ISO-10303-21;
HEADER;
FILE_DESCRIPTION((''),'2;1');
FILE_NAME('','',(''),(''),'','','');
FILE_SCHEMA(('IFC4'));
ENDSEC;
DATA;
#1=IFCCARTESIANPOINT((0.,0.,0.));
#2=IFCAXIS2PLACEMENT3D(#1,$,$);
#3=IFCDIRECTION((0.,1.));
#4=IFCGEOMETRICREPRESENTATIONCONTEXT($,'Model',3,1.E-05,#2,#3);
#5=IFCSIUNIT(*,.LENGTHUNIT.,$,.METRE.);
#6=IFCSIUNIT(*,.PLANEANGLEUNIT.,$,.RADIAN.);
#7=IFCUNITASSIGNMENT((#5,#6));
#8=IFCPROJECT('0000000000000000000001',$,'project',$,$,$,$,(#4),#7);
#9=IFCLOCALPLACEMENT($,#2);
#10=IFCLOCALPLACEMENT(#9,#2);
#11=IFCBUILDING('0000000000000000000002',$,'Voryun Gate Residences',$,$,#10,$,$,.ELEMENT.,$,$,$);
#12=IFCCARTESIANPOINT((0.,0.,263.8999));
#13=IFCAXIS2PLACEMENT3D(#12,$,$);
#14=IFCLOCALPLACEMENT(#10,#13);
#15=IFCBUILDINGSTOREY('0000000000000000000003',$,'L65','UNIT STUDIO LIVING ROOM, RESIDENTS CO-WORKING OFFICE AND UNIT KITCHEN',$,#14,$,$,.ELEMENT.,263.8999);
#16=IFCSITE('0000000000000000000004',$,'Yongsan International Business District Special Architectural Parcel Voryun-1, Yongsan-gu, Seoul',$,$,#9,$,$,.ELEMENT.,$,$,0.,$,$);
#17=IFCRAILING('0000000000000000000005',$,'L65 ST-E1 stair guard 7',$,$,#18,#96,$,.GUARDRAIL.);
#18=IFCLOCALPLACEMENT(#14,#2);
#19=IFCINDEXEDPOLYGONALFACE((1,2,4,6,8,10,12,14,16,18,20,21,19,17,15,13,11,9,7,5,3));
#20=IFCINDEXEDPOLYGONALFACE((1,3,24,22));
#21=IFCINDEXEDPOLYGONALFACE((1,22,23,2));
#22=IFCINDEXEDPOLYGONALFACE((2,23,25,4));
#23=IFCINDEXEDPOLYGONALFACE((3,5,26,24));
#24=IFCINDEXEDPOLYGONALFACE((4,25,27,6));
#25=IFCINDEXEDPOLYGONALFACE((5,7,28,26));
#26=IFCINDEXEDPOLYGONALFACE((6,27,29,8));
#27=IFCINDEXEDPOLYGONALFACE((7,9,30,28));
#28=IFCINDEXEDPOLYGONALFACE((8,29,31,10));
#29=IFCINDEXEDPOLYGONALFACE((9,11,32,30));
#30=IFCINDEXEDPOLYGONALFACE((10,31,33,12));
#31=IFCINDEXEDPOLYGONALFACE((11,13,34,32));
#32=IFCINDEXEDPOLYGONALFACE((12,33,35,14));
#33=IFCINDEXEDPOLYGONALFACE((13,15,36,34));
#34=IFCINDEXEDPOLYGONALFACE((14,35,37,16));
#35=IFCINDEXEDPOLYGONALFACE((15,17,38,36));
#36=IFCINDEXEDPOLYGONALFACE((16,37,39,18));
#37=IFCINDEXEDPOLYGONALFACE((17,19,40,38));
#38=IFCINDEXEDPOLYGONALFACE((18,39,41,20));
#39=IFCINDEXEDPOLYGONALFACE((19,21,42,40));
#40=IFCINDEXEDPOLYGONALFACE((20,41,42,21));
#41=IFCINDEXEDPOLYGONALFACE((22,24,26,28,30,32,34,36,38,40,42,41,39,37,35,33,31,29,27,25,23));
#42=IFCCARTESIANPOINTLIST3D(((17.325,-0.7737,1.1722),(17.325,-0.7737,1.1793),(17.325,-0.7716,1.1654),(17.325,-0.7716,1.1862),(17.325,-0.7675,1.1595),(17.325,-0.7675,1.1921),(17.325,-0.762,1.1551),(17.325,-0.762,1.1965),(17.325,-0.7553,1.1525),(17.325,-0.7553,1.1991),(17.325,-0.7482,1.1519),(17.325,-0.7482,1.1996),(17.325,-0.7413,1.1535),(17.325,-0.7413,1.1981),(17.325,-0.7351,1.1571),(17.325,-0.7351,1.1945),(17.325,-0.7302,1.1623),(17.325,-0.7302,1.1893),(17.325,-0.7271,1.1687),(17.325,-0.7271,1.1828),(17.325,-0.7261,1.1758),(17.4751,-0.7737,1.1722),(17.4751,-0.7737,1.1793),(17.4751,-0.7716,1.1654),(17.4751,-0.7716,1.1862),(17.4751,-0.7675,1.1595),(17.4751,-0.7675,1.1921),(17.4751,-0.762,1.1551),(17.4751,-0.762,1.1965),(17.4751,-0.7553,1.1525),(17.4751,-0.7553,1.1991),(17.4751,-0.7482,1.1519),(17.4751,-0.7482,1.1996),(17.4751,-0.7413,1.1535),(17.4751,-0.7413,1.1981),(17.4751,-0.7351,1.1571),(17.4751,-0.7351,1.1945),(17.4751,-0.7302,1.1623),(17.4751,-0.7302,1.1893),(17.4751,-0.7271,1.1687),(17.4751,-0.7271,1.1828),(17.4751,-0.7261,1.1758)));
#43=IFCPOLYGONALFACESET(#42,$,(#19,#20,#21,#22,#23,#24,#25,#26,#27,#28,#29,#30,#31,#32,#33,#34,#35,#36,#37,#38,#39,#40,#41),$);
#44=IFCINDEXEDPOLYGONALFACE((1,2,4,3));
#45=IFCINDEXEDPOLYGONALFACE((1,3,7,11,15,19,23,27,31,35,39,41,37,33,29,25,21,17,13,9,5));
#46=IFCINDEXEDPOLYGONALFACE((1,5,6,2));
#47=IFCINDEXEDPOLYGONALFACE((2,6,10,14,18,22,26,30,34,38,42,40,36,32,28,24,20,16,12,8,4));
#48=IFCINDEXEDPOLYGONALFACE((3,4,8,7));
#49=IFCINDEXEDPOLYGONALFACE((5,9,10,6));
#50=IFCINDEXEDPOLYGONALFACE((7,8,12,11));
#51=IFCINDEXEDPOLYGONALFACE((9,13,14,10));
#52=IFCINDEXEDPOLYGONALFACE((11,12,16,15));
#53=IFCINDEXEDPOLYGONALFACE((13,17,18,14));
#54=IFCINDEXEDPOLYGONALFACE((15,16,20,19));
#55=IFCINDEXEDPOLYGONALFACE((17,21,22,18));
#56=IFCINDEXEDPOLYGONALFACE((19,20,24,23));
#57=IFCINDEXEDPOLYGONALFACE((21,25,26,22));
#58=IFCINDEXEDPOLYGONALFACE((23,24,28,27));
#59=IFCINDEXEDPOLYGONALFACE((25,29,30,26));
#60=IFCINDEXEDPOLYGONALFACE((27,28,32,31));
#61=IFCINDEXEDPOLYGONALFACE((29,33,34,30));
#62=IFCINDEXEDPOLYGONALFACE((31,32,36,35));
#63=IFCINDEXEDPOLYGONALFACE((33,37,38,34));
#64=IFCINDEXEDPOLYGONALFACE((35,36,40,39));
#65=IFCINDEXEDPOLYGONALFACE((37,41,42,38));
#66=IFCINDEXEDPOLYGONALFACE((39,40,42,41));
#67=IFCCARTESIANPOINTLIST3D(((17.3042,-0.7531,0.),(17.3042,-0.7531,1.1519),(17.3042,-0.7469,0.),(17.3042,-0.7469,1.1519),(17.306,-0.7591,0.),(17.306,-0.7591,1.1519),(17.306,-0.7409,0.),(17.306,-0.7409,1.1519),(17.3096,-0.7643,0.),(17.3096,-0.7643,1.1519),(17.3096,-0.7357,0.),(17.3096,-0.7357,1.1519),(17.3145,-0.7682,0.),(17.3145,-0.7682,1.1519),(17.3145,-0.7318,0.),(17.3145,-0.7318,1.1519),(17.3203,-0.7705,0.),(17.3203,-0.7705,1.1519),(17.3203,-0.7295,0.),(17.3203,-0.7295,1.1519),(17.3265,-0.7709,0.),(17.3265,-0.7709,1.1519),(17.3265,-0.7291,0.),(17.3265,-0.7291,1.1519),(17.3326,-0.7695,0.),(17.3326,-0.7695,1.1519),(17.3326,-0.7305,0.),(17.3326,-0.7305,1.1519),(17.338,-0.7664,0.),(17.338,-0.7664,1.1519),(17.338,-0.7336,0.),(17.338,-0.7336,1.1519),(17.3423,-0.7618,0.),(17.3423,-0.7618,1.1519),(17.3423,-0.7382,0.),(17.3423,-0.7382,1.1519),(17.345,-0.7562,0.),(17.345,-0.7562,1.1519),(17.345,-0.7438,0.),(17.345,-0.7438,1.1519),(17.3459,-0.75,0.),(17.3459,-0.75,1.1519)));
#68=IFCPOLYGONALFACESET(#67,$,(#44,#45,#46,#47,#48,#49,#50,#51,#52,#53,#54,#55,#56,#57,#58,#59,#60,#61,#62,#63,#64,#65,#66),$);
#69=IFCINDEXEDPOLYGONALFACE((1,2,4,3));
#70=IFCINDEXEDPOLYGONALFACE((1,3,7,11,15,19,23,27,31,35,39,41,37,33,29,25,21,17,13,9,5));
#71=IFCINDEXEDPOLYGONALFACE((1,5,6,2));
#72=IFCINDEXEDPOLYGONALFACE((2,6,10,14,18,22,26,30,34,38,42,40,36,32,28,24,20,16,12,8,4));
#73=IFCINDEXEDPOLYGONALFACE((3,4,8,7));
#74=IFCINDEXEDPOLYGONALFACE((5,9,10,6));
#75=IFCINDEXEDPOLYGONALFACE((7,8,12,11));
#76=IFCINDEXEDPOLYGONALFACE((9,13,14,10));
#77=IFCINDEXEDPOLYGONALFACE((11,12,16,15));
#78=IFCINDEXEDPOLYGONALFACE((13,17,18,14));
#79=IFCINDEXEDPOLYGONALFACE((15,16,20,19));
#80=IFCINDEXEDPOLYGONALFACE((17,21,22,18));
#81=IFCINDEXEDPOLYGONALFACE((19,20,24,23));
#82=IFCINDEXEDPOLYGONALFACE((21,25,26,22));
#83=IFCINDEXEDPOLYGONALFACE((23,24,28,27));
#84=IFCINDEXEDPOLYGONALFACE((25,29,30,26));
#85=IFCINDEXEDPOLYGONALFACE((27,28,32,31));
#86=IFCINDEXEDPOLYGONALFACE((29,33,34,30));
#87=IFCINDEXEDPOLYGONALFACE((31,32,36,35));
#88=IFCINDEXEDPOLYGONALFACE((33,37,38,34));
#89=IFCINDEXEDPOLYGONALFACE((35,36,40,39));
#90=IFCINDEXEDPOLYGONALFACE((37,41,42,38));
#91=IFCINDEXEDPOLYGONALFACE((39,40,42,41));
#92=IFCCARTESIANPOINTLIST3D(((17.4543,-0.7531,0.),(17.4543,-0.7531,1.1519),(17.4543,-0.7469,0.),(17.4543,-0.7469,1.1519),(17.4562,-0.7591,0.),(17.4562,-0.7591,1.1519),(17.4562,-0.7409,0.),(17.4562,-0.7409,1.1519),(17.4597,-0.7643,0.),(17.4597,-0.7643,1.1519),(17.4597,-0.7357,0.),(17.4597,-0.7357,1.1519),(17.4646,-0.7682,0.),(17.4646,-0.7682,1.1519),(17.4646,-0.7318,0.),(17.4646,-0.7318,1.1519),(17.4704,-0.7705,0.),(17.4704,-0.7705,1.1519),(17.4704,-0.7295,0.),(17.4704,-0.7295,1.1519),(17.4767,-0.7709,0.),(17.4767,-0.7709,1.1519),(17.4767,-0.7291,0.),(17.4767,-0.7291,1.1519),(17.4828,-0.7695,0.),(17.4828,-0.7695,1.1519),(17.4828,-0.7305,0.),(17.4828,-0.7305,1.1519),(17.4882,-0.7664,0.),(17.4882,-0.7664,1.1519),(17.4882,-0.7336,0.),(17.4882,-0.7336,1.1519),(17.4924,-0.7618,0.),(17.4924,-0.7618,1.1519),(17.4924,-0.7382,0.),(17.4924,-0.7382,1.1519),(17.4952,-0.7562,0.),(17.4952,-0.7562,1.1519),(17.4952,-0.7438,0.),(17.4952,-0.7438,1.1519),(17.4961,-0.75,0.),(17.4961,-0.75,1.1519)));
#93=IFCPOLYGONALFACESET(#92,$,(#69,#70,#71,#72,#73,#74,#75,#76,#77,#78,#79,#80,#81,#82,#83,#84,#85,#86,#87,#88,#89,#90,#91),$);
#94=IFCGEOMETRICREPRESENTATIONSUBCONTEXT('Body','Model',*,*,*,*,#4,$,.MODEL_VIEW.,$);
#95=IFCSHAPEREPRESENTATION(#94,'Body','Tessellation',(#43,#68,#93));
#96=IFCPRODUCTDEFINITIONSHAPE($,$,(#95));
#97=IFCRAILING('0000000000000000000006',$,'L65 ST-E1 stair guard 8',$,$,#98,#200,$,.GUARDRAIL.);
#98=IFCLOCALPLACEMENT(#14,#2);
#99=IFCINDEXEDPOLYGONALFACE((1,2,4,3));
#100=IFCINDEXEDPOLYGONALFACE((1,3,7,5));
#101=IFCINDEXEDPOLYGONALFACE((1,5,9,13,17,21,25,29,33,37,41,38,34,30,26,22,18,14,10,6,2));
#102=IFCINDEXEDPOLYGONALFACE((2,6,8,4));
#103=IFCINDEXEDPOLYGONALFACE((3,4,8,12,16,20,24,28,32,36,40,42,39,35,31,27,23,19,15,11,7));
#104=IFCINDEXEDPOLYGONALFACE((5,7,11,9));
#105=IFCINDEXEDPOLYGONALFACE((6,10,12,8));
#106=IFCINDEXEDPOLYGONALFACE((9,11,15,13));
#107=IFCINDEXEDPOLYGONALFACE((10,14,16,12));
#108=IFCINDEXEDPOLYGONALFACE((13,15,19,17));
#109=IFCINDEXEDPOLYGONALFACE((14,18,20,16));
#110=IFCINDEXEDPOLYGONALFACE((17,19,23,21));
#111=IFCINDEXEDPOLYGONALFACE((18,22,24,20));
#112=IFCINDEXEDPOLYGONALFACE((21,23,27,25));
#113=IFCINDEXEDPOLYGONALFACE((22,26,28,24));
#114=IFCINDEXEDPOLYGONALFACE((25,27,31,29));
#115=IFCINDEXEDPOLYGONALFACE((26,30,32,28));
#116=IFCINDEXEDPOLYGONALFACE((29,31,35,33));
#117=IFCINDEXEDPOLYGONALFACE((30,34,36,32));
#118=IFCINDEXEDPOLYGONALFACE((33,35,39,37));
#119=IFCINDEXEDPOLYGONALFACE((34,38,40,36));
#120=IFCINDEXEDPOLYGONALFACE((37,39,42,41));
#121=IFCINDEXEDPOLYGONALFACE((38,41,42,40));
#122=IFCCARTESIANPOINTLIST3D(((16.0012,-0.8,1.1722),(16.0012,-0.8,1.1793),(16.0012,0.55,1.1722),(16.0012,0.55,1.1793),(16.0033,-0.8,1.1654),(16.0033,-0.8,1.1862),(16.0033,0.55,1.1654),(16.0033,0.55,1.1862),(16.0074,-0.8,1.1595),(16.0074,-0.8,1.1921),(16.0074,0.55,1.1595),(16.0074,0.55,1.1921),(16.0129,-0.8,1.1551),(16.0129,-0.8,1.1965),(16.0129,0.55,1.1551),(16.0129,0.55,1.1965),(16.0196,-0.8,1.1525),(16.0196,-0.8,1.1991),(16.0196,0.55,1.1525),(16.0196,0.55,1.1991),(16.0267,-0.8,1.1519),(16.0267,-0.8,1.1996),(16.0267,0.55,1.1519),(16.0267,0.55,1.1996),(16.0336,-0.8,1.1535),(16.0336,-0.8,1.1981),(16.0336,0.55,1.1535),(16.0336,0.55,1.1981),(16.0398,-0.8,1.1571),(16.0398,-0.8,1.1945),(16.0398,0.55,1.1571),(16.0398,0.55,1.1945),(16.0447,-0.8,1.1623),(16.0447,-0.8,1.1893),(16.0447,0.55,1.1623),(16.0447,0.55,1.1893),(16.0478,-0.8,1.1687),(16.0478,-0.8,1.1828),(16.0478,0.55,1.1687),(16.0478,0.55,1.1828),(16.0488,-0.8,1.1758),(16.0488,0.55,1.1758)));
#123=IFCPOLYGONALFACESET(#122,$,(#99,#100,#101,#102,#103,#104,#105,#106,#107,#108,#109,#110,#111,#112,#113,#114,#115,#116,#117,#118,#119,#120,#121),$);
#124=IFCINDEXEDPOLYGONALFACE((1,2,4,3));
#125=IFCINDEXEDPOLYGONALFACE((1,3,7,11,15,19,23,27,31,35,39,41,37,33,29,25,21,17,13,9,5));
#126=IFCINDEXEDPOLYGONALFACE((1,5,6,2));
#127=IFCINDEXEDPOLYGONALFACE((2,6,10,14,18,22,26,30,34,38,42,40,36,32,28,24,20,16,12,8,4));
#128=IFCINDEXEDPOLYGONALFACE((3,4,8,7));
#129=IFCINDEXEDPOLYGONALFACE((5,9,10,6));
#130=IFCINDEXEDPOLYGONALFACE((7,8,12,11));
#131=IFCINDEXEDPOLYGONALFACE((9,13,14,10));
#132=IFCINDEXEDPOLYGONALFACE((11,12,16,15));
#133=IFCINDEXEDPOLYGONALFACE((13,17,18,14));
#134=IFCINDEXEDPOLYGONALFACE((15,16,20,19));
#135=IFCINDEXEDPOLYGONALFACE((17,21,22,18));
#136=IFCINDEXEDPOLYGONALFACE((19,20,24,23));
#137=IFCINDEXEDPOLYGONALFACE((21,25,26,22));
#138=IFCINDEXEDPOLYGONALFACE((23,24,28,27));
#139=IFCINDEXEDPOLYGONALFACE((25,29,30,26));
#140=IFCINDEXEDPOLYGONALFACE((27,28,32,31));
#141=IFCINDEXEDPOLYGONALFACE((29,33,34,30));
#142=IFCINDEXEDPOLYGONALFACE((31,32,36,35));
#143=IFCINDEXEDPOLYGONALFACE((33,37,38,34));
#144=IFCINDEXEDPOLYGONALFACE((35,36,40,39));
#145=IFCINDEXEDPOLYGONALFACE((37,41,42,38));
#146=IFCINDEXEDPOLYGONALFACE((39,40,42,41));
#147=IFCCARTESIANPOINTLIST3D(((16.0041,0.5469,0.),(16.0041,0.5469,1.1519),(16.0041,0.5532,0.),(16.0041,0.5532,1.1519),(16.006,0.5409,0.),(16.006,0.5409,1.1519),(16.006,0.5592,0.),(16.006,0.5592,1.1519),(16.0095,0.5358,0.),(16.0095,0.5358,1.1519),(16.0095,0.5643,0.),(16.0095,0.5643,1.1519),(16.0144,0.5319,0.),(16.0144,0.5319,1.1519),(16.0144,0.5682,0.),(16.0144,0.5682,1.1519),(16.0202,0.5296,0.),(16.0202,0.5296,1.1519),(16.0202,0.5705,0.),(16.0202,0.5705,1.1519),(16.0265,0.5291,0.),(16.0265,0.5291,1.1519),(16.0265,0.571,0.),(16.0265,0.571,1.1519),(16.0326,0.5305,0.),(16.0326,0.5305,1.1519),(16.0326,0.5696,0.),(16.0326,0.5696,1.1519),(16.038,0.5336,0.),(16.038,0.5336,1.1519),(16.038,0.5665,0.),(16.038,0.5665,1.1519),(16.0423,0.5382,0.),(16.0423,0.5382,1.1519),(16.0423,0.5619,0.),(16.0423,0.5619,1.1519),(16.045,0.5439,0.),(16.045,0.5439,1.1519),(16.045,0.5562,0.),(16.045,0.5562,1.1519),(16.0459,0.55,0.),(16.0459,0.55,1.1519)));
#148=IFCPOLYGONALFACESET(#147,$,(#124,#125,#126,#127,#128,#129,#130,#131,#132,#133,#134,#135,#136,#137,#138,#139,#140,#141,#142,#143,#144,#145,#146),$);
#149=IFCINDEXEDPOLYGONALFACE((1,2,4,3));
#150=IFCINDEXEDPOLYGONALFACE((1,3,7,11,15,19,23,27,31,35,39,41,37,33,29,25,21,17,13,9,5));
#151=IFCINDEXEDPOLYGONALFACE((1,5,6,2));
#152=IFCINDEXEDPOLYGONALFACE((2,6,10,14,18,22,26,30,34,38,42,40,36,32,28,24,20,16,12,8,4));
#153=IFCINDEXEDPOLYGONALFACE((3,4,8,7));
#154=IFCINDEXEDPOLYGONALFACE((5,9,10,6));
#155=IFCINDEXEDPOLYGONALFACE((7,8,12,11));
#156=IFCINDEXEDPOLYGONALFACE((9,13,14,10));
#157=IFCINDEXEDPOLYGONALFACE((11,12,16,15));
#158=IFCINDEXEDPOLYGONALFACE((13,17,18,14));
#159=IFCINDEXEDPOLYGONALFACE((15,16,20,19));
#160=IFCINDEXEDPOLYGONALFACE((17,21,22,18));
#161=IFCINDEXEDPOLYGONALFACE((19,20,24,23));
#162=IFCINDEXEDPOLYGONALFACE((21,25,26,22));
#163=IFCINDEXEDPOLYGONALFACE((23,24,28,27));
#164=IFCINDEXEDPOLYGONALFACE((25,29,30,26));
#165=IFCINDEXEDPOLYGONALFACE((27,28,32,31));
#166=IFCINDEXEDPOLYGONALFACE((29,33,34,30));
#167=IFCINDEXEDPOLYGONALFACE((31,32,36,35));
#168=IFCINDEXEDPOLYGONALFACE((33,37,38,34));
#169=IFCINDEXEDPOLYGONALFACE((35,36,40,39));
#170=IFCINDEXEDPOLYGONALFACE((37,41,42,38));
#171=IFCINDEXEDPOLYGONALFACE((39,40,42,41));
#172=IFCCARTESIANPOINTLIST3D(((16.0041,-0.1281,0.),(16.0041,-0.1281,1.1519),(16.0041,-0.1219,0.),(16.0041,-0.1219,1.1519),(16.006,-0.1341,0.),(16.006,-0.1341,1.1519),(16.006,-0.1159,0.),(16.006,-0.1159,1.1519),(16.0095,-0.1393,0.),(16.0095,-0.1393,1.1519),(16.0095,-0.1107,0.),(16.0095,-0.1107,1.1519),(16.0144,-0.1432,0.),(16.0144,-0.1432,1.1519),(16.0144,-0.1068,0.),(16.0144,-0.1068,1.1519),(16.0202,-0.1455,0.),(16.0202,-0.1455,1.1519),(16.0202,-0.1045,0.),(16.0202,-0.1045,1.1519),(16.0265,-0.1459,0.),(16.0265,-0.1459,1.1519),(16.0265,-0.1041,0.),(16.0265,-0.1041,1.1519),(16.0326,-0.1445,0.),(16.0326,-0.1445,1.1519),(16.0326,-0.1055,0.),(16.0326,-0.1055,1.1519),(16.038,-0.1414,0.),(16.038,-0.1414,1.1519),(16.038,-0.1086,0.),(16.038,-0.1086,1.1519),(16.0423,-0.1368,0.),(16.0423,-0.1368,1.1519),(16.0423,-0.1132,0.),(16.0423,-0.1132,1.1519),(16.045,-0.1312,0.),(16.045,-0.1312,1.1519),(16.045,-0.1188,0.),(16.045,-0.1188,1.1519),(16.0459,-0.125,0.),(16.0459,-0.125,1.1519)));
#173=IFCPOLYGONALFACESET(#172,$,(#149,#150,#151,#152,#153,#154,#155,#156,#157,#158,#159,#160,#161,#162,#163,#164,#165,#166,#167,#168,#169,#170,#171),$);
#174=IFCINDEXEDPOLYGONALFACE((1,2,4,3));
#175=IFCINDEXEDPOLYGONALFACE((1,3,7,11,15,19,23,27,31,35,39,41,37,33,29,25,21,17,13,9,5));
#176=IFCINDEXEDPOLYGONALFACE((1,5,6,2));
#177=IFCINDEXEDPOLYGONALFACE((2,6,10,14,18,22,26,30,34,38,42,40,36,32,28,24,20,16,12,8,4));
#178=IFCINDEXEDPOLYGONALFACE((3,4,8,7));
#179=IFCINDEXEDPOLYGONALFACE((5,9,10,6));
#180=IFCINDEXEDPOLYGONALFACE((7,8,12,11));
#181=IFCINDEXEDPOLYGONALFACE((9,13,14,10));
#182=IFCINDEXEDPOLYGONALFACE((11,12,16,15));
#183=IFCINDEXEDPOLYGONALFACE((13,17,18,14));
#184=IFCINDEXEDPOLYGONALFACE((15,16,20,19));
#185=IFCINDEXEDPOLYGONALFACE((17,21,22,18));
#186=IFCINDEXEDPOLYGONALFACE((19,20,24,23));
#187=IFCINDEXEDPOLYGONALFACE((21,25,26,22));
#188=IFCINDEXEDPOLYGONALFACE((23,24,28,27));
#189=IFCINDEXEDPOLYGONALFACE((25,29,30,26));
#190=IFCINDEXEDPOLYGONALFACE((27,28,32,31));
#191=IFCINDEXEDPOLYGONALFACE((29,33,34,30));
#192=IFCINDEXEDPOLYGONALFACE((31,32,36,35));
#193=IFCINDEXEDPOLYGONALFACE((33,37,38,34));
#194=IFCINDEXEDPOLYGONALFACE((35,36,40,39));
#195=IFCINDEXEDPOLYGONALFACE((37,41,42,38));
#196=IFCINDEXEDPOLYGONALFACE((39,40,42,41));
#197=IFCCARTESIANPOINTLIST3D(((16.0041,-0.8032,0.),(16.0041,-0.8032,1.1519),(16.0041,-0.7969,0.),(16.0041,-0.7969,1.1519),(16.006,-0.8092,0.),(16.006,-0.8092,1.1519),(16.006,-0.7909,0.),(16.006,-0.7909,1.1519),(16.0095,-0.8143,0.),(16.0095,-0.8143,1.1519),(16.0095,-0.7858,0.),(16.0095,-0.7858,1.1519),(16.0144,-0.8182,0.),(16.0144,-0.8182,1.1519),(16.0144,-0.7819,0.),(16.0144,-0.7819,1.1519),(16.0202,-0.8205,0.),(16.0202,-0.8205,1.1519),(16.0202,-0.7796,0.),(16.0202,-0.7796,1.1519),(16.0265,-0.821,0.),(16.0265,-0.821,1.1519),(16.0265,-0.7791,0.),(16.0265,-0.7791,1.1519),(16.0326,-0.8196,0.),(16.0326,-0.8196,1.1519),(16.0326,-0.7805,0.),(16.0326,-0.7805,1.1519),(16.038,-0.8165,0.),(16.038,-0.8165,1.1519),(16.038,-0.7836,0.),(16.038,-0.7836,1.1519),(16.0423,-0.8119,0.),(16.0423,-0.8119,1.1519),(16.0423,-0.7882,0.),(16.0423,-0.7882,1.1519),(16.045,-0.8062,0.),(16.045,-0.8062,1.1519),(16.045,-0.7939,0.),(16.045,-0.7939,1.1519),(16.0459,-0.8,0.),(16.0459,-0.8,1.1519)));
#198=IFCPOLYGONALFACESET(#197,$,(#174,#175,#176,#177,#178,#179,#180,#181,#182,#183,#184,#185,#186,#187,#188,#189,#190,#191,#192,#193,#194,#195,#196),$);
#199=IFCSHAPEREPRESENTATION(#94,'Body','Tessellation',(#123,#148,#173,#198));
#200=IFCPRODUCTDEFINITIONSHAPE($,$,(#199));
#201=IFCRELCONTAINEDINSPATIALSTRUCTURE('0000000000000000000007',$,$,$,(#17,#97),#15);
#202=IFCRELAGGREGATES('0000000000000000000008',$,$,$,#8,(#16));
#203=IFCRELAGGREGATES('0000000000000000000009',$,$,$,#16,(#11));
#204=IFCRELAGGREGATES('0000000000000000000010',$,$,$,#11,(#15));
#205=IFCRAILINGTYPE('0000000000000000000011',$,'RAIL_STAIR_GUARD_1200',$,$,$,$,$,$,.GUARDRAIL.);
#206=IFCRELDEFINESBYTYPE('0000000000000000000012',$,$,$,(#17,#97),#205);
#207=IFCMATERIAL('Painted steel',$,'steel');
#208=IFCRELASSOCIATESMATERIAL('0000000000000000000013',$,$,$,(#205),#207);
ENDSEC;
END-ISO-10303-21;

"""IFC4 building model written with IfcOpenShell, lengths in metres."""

from ifc_helpers import new_model, si_unit, direction, frame, origin, origin_2d, place, context, subcontext, project, spatial, circle, extrude, material, type_object, element, save


model = new_model("IFC4")

# Units and contexts
model_context = context("Model", 3, precision=1e-05, world=origin(), true_north=direction((0.0, 1.0)))
body_context = subcontext(model_context, "Body", "Model", "MODEL_VIEW")
ifc_project = project(units=[si_unit("LENGTHUNIT", "METRE"), si_unit("PLANEANGLEUNIT", "RADIAN")], contexts=[model_context])

# Site, building, storey
site_placement = place(None, origin())
site = spatial("IfcSite", under=ifc_project, at=site_placement, Name="Yongsan International Business District Special Architectural Parcel Voryun-1, Yongsan-gu, Seoul", CompositionType="ELEMENT", RefElevation=0.0)
building_placement = place(site_placement, origin())
building = spatial("IfcBuilding", under=site, at=building_placement, Name="Voryun Gate Residences", CompositionType="ELEMENT")
storey_placement = place(building_placement, frame((0.0, 0.0, 263.8999)))
storey = spatial("IfcBuildingStorey", under=building, at=storey_placement, Name="L65", Description="UNIT STUDIO LIVING ROOM, RESIDENTS CO-WORKING OFFICE AND UNIT KITCHEN", CompositionType="ELEMENT", Elevation=263.8999)

# Railings
ifc_material_1 = material(Name="Painted steel", Category="steel")
railing_type_1 = type_object("IfcRailingType", Name="RAIL_STAIR_GUARD_1200", PredefinedType="GUARDRAIL", material=ifc_material_1)
railing_1_placement = place(storey_placement, frame((17.325, -0.75, 0.0)))
element("IfcRailing", 1, at=railing_1_placement, inside=storey, type_object=railing_type_1, Name="L65 ST-E1 stair guard 7", PredefinedType="GUARDRAIL", context=body_context, shape_type="SweptSolid", body=[
    extrude(circle(Radius=0.0239, at=origin_2d()), frame((0.0, 0.0, 1.1758), z_axis=(1.0, 0.0, 0.0), x_axis=(0.0, 1.0, 0.0)), (0.0, 0.0, 1.0), 0.1501),
    extrude(circle(Radius=0.021, at=origin_2d()), origin(), (0.0, 0.0, 1.0), 1.1519),
    extrude(circle(Radius=0.021, at=origin_2d()), frame((0.1501, 0.0, 0.0)), (0.0, 0.0, 1.0), 1.1519),
])
for number, where, name in (
    (2, (16.0249, 0.55, 0.0), "L65 ST-E1 stair guard 8"),
):
    element("IfcRailing", number, at=place(storey_placement, frame(where)), inside=storey, type_object=railing_type_1, Name=name, PredefinedType="GUARDRAIL", context=body_context, shape_type="SweptSolid", body=[
        extrude(circle(Radius=0.0239, at=origin_2d()), frame((0.0, 0.0, 1.1758), z_axis=(0.0, -1.0, 0.0), x_axis=(1.0, 0.0, 0.0)), (0.0, 0.0, 1.0), 1.3501),
        extrude(circle(Radius=0.021, at=origin_2d()), origin(), (0.0, 0.0, 1.0), 1.1519),
        extrude(circle(Radius=0.021, at=origin_2d()), frame((0.0, -0.675, 0.0)), (0.0, 0.0, 1.0), 1.1519),
        extrude(circle(Radius=0.021, at=origin_2d()), frame((0.0, -1.3501, 0.0)), (0.0, 0.0, 1.0), 1.1519),
    ])

save(model, "model.ifc")
